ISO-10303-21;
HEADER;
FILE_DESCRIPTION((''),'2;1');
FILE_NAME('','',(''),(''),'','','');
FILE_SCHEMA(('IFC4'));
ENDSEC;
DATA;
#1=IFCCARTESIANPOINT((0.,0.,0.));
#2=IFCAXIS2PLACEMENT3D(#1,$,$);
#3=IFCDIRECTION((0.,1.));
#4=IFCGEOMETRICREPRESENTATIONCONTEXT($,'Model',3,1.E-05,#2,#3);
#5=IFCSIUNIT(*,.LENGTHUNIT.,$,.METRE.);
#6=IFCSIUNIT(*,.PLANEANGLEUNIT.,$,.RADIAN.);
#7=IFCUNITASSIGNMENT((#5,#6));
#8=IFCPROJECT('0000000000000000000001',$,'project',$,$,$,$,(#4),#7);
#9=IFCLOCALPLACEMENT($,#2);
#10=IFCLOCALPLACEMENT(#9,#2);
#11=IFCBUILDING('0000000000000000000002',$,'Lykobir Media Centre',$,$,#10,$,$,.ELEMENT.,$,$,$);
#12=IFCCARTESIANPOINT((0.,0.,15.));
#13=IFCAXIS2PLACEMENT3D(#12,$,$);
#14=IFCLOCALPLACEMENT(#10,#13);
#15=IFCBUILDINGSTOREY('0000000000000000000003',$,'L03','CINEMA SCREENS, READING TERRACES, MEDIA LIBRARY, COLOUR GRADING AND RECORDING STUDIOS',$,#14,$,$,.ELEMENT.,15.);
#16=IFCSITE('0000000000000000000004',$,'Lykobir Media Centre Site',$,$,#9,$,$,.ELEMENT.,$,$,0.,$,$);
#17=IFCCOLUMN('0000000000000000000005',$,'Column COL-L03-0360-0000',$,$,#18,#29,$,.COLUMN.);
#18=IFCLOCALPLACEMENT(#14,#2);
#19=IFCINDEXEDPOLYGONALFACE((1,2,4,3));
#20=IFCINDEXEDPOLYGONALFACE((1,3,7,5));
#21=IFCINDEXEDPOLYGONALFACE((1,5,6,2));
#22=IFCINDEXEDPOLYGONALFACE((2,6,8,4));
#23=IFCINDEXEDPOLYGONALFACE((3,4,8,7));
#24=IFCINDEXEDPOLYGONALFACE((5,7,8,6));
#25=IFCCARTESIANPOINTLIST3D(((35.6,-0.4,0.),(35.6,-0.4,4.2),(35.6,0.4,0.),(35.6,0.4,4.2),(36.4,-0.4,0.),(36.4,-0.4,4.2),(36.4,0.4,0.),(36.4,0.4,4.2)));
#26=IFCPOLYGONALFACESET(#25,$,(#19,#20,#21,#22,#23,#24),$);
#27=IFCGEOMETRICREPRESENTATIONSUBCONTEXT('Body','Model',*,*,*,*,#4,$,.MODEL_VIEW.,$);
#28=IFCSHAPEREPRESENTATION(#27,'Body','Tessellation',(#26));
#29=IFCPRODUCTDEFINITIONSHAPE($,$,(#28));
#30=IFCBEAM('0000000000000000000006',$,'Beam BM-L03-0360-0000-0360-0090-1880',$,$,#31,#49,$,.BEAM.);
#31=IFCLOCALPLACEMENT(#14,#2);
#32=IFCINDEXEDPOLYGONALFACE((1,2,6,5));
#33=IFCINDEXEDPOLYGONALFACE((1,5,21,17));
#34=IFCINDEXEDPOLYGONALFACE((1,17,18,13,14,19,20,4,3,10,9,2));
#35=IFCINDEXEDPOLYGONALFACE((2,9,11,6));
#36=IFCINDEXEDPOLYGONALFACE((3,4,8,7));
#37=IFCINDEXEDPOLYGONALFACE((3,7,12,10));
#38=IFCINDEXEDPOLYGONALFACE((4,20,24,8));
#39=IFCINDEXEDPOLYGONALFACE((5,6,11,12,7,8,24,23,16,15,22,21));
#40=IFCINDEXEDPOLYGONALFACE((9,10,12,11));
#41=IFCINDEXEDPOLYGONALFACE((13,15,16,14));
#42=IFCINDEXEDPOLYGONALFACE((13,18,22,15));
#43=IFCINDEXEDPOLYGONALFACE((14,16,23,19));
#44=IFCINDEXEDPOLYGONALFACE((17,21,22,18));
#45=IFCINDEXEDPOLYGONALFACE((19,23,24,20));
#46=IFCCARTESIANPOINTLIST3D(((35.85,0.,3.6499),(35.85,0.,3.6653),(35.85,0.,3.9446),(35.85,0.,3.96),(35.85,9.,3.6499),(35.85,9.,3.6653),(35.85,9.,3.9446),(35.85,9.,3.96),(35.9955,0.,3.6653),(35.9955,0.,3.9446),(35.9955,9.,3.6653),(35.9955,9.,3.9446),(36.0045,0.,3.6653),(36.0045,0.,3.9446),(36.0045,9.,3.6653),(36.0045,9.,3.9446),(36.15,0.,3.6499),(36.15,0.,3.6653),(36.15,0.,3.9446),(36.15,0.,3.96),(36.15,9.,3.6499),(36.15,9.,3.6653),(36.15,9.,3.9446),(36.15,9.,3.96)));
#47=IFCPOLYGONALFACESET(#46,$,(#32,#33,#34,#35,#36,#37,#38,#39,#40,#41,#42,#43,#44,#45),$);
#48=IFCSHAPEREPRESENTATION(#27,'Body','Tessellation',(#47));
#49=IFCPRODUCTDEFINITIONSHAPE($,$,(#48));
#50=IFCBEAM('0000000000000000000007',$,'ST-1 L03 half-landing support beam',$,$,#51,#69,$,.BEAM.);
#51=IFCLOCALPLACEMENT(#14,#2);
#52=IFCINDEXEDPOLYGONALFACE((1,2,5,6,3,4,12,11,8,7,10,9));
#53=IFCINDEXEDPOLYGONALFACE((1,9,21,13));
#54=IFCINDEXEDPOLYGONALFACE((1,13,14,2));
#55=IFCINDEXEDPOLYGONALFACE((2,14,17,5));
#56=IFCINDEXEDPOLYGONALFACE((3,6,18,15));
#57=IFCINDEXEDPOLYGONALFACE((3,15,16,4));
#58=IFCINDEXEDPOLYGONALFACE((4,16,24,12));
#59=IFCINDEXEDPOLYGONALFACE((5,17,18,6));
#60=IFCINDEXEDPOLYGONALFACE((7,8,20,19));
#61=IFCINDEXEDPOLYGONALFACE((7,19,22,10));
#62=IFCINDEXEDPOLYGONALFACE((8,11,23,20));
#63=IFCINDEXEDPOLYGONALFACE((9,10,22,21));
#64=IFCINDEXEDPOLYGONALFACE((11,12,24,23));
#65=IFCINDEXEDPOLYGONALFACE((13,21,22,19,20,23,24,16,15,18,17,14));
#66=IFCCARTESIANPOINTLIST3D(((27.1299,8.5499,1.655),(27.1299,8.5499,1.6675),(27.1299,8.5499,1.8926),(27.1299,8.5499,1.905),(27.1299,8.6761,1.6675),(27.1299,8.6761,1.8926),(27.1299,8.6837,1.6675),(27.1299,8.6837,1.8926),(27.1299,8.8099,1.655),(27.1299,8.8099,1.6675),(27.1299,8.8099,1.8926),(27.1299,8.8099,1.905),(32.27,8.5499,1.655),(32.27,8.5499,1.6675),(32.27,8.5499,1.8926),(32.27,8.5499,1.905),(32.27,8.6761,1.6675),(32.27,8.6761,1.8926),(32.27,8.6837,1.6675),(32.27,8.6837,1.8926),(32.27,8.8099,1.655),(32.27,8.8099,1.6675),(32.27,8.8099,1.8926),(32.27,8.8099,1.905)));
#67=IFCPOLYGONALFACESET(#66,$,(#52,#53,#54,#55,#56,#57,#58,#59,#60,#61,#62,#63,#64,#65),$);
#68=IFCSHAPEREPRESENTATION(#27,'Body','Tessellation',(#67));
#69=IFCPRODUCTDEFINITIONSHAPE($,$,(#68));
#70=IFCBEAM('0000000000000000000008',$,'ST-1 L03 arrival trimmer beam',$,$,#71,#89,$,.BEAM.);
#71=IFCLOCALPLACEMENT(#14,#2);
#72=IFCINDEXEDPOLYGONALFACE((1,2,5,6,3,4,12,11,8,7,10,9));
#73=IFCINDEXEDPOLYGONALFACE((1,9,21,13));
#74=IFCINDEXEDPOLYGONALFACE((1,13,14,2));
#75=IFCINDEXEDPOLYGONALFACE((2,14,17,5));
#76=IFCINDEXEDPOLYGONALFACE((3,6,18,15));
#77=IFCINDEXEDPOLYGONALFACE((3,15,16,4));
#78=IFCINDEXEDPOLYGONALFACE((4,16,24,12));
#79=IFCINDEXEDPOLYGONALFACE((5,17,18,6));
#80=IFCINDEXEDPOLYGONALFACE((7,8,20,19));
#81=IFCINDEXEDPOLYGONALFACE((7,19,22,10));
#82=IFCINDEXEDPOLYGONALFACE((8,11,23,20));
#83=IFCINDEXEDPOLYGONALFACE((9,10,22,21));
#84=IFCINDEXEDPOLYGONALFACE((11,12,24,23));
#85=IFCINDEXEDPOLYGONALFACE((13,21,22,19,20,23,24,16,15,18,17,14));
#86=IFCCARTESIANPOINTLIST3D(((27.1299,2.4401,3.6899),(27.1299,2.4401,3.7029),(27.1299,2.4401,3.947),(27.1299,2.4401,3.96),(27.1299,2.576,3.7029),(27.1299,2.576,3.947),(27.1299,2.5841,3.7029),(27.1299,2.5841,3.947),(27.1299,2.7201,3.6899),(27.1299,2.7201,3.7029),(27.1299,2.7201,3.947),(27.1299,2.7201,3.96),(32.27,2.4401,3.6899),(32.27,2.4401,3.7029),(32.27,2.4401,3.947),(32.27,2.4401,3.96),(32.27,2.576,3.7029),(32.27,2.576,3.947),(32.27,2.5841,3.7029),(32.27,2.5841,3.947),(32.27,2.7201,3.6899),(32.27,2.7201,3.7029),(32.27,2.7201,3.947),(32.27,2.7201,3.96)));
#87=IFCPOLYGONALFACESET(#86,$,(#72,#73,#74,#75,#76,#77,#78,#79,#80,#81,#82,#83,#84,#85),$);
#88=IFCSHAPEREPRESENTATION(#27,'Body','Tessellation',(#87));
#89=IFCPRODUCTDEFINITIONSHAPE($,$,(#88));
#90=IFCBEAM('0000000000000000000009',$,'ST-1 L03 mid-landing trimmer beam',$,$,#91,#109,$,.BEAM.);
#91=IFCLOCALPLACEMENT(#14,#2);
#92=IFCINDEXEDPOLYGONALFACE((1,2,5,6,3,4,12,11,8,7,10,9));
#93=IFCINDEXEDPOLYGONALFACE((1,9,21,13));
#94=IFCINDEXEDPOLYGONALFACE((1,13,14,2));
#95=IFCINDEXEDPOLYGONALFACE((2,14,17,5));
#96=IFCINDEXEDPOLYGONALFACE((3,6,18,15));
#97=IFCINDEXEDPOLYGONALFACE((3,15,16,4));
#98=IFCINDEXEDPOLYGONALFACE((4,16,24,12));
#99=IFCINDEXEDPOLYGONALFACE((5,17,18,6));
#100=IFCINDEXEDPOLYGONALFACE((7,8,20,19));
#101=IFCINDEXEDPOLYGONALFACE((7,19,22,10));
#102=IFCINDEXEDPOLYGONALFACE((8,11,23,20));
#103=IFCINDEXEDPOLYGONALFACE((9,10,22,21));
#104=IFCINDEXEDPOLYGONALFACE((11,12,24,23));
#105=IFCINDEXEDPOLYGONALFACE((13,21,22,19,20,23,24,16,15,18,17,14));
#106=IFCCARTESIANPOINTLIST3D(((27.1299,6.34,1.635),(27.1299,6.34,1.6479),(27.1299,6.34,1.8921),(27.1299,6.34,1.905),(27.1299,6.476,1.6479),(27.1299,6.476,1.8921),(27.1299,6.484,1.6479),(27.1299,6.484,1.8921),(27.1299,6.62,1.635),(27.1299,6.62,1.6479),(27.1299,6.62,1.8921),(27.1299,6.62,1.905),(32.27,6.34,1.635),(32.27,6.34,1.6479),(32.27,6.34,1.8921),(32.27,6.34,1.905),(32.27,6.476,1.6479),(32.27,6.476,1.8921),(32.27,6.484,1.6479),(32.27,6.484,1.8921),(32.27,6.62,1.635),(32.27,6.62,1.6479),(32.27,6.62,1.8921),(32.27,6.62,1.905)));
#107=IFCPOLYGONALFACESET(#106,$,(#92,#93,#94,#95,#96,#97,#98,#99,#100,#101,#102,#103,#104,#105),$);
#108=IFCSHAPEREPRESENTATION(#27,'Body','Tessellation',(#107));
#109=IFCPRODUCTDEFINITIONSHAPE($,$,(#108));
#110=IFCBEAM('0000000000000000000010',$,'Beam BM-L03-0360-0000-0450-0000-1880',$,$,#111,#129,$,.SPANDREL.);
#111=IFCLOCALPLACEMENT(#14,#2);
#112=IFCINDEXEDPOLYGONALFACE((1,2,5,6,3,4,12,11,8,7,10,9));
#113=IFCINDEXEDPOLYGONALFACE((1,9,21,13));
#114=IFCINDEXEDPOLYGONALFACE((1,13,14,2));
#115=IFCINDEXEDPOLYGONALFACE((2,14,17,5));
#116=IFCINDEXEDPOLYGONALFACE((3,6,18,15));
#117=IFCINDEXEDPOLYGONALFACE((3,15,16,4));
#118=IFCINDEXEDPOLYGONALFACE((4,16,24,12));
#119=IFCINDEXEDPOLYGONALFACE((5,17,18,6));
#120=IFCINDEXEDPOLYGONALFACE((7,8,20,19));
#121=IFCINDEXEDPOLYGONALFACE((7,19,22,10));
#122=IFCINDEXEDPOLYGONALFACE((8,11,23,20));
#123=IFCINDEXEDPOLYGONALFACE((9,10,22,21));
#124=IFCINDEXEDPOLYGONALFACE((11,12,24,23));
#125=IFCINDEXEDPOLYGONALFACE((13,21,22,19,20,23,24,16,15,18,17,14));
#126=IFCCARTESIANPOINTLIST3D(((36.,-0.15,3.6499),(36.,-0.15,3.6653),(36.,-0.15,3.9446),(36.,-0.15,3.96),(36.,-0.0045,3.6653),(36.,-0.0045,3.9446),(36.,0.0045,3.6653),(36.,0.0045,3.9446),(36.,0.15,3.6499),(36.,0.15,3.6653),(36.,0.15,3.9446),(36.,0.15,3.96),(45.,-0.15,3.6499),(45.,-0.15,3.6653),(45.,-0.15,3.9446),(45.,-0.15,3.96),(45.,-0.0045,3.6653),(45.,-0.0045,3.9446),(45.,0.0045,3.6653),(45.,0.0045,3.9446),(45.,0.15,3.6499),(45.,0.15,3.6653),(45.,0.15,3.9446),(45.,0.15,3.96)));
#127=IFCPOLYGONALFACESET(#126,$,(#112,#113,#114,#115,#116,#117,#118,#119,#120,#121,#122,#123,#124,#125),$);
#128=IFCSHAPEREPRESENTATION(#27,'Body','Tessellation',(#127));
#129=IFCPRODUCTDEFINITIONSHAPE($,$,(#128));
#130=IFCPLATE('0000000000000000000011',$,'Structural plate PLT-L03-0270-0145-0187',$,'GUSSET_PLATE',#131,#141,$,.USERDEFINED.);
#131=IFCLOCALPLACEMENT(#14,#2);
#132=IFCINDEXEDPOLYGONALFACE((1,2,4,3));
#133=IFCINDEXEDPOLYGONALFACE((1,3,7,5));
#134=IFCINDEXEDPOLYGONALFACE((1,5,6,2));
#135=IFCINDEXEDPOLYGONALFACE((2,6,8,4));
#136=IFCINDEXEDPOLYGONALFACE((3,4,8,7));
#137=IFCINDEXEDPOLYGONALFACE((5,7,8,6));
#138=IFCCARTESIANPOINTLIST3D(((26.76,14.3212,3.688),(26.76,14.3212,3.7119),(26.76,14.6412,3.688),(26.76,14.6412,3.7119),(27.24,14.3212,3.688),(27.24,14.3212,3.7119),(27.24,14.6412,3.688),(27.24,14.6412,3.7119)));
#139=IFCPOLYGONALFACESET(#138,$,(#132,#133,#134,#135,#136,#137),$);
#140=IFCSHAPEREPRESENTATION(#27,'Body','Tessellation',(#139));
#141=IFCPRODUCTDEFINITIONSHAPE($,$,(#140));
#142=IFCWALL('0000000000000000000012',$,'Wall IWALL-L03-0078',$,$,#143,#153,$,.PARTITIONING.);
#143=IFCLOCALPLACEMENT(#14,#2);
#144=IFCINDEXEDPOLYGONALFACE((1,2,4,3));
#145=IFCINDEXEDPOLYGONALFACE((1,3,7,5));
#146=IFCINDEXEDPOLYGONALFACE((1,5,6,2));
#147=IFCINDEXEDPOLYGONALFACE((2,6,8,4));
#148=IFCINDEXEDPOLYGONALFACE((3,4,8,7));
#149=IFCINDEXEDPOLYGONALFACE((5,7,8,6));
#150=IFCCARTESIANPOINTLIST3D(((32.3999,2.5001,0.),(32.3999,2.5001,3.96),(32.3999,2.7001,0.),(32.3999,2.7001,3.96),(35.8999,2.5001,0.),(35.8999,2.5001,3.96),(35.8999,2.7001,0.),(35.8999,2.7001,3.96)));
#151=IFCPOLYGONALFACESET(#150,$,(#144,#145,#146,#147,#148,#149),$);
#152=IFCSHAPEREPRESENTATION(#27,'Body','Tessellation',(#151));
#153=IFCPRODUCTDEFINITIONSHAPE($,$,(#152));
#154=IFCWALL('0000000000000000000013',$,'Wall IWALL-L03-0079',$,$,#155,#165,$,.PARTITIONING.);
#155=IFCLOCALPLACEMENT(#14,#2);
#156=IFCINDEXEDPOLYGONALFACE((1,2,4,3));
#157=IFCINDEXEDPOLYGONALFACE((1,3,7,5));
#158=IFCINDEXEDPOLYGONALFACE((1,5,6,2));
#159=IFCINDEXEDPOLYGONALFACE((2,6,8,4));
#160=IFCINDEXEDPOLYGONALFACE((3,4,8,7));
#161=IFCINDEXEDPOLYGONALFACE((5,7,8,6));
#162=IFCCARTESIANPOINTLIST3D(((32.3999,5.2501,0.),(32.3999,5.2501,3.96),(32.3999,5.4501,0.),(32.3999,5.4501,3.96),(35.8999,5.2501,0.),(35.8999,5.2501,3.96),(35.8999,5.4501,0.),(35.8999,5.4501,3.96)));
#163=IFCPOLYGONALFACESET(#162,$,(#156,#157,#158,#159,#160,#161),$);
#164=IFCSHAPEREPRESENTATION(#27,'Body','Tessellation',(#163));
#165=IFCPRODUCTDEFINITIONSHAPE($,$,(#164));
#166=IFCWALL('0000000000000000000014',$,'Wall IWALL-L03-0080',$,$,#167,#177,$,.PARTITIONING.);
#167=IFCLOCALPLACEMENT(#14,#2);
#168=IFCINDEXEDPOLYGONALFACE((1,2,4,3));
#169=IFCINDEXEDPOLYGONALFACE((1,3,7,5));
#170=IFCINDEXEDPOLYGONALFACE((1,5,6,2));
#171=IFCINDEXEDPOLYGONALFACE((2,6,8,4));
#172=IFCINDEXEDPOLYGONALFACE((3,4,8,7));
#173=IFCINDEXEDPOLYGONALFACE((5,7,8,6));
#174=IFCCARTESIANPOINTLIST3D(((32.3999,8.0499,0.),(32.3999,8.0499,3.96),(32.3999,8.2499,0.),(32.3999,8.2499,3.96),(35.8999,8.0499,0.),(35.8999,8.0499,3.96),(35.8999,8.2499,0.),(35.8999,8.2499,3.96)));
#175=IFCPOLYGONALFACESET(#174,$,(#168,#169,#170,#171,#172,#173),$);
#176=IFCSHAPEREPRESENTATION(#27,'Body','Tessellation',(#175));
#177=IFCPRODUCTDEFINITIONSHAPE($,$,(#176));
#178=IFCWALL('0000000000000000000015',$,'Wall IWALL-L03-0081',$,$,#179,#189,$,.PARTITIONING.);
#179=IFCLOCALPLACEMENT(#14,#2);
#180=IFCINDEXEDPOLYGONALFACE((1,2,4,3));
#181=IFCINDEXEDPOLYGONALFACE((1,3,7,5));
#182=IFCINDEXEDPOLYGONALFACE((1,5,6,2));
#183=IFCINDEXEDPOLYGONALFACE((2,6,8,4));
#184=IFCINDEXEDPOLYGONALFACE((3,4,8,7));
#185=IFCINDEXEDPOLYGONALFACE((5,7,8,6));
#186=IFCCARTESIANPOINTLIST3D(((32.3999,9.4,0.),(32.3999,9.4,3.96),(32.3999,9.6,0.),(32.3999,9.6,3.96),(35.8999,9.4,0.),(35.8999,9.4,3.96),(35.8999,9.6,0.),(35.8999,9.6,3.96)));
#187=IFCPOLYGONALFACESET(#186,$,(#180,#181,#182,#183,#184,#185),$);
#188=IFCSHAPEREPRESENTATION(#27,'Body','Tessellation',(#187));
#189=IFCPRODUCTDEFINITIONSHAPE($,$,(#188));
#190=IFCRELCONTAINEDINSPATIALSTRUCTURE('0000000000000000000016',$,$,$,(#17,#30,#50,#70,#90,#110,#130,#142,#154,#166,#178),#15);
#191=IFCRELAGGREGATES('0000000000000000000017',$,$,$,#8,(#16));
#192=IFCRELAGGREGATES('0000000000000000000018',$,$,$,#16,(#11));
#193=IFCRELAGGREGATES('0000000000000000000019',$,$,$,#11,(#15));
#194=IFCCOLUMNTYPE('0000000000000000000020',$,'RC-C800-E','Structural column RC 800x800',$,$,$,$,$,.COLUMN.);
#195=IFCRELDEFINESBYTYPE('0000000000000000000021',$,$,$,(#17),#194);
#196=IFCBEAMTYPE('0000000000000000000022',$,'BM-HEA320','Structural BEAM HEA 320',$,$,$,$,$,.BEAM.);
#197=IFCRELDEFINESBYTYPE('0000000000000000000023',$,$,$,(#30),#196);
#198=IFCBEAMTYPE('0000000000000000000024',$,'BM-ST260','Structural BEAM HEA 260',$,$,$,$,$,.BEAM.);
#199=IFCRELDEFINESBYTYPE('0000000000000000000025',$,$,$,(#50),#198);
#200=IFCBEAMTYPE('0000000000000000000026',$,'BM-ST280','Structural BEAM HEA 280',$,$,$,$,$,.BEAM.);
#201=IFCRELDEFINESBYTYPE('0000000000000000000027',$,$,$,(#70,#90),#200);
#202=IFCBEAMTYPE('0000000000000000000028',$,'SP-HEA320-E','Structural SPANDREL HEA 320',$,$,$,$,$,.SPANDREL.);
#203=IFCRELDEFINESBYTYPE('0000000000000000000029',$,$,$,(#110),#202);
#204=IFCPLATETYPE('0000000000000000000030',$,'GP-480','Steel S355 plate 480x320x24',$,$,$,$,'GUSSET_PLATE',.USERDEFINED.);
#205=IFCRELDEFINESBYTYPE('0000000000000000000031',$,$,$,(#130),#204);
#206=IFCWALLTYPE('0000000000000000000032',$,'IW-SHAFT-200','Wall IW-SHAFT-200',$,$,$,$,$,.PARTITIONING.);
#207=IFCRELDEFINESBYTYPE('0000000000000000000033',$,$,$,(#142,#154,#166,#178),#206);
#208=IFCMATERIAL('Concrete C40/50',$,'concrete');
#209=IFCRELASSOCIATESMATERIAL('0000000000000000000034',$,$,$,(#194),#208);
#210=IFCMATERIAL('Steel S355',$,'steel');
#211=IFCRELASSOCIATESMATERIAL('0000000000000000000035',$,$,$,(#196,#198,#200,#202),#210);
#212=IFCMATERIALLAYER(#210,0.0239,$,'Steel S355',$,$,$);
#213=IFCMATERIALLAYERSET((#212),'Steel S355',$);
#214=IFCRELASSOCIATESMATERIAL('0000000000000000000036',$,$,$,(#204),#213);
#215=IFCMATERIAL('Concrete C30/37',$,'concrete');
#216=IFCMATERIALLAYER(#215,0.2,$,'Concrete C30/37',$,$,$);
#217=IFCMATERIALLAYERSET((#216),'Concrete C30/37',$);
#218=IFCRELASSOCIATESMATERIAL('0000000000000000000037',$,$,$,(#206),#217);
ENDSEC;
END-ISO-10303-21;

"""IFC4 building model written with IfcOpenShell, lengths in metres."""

from ifc_helpers import new_model, si_unit, direction, frame, frame_2d, origin, origin_2d, place, context, subcontext, project, spatial, rectangle, i_section, extrude, material, layer, layer_set, material_profile, profile_set, type_object, element, save


model = new_model("IFC4")

# Units and contexts
model_context = context("Model", 3, precision=1e-05, world=origin(), true_north=direction((0.0, 1.0)))
body_context = subcontext(model_context, "Body", "Model", "MODEL_VIEW")
ifc_project = project(units=[si_unit("LENGTHUNIT", "METRE"), si_unit("PLANEANGLEUNIT", "RADIAN")], contexts=[model_context])

# Site, building, storey
site_placement = place(None, origin())
site = spatial("IfcSite", under=ifc_project, at=site_placement, Name="Lykobir Media Centre Site", CompositionType="ELEMENT", RefElevation=0.0)
building_placement = place(site_placement, origin())
building = spatial("IfcBuilding", under=site, at=building_placement, Name="Lykobir Media Centre", CompositionType="ELEMENT")
storey_placement = place(building_placement, frame((0.0, 0.0, 15.0)))
storey = spatial("IfcBuildingStorey", under=building, at=storey_placement, Name="L03", Description="CINEMA SCREENS, READING TERRACES, MEDIA LIBRARY, COLOUR GRADING AND RECORDING STUDIOS", CompositionType="ELEMENT", Elevation=15.0)

# Column
ifc_material_1 = material(Name="Concrete C40/50", Category="concrete")
ifc_material_profile_1 = material_profile(ifc_material_1, rectangle(XDim=0.8, YDim=0.8, at=origin_2d()), Name="RC 800x800")
ifc_profile_set_1 = profile_set([ifc_material_profile_1], Name="Concrete C40/50")
column_type = type_object("IfcColumnType", Name="RC-C800-E", Description="Structural column RC 800x800", PredefinedType="COLUMN", material=ifc_profile_set_1)
column_placement = place(storey_placement, frame((36.0, 0.0, 0.0), z_axis=(0.0, 0.0, 1.0), x_axis=(1.0, 0.0, 0.0)))
element("IfcColumn", 1, at=column_placement, inside=storey, type_object=column_type, Name="Column COL-L03-0360-0000", PredefinedType="COLUMN", context=body_context, shape_type="SweptSolid", body=[
    extrude(rectangle(XDim=0.8, YDim=0.8, at=origin_2d()), origin(), (0.0, 0.0, 1.0), 4.2),
])

# Beams
ifc_material_2 = material(Name="Steel S355", Category="steel")
ifc_material_profile_2 = material_profile(ifc_material_2, i_section(OverallWidth=0.3, OverallDepth=0.3101, WebThickness=0.009, FlangeThickness=0.0154, at=origin_2d()), Name="HEA 320")
ifc_profile_set_2 = profile_set([ifc_material_profile_2], Name="Steel S355")
beam_type_1 = type_object("IfcBeamType", Name="BM-HEA320", Description="Structural BEAM HEA 320", PredefinedType="BEAM", material=ifc_profile_set_2)
beam_1_placement = place(storey_placement, frame((36.0, 0.0, 3.8049), z_axis=(0.0, 1.0, 0.0), x_axis=(-1.0, 0.0, 0.0)))
element("IfcBeam", 2, at=beam_1_placement, inside=storey, type_object=beam_type_1, Name="Beam BM-L03-0360-0000-0360-0090-1880", PredefinedType="BEAM", context=body_context, shape_type="SweptSolid", body=[
    extrude(i_section(OverallWidth=0.3, OverallDepth=0.3101, WebThickness=0.009, FlangeThickness=0.0154, at=origin_2d()), origin(), (0.0, 0.0, 1.0), 9.0),
])
ifc_material_profile_3 = material_profile(ifc_material_2, i_section(OverallWidth=0.26, OverallDepth=0.25, WebThickness=0.0076, FlangeThickness=0.0125, at=origin_2d()), Name="HEA 260")
ifc_profile_set_3 = profile_set([ifc_material_profile_3], Name="Steel S355")
beam_type_2 = type_object("IfcBeamType", Name="BM-ST260", Description="Structural BEAM HEA 260", PredefinedType="BEAM", material=ifc_profile_set_3)
beam_2_placement = place(storey_placement, frame((27.1299, 8.6799, 1.78), z_axis=(1.0, 0.0, 0.0), x_axis=(0.0, 1.0, 0.0)))
element("IfcBeam", 3, at=beam_2_placement, inside=storey, type_object=beam_type_2, Name="ST-1 L03 half-landing support beam", PredefinedType="BEAM", context=body_context, shape_type="SweptSolid", body=[
    extrude(i_section(OverallWidth=0.26, OverallDepth=0.25, WebThickness=0.0076, FlangeThickness=0.0125, at=origin_2d()), origin(), (0.0, 0.0, 1.0), 5.1401),
])
ifc_material_profile_4 = material_profile(ifc_material_2, i_section(OverallWidth=0.28, OverallDepth=0.27, WebThickness=0.0081, FlangeThickness=0.0129, at=origin_2d()), Name="HEA 280")
ifc_profile_set_4 = profile_set([ifc_material_profile_4], Name="Steel S355")
beam_type_3 = type_object("IfcBeamType", Name="BM-ST280", Description="Structural BEAM HEA 280", PredefinedType="BEAM", material=ifc_profile_set_4)
for number, where, z_axis, x_axis, name in (
    (4, (27.1299, 2.5801, 3.825), (1.0, 0.0, 0.0), (0.0, 1.0, 0.0), "ST-1 L03 arrival trimmer beam"),
    (5, (27.1299, 6.48, 1.77), (1.0, 0.0, 0.0), (0.0, 1.0, 0.0), "ST-1 L03 mid-landing trimmer beam"),
):
    element("IfcBeam", number, at=place(storey_placement, frame(where, z_axis=z_axis, x_axis=x_axis)), inside=storey, type_object=beam_type_3, Name=name, PredefinedType="BEAM", context=body_context, shape_type="SweptSolid", body=[
        extrude(i_section(OverallWidth=0.28, OverallDepth=0.27, WebThickness=0.0081, FlangeThickness=0.0129, at=origin_2d()), origin(), (0.0, 0.0, 1.0), 5.1401),
    ])
ifc_material_profile_5 = material_profile(ifc_material_2, i_section(OverallWidth=0.3, OverallDepth=0.3101, WebThickness=0.009, FlangeThickness=0.0154, at=origin_2d()), Name="HEA 320")
ifc_profile_set_5 = profile_set([ifc_material_profile_5], Name="Steel S355")
beam_type_4 = type_object("IfcBeamType", Name="SP-HEA320-E", Description="Structural SPANDREL HEA 320", PredefinedType="SPANDREL", material=ifc_profile_set_5)
beam_3_placement = place(storey_placement, frame((36.0, 0.0, 3.8049), z_axis=(1.0, 0.0, 0.0), x_axis=(0.0, 1.0, 0.0)))
element("IfcBeam", 6, at=beam_3_placement, inside=storey, type_object=beam_type_4, Name="Beam BM-L03-0360-0000-0450-0000-1880", PredefinedType="SPANDREL", context=body_context, shape_type="SweptSolid", body=[
    extrude(i_section(OverallWidth=0.3, OverallDepth=0.3101, WebThickness=0.009, FlangeThickness=0.0154, at=origin_2d()), origin(), (0.0, 0.0, 1.0), 9.0),
])

# Plate
ifc_layer_1 = layer(ifc_material_2, 0.0239, Name="Steel S355")
ifc_layer_set_1 = layer_set([ifc_layer_1], Name="Steel S355")
plate_type = type_object("IfcPlateType", Name="GP-480", Description="Steel S355 plate 480x320x24", ElementType="GUSSET_PLATE", PredefinedType="USERDEFINED", material=ifc_layer_set_1)
plate_placement = place(storey_placement, frame((27.0, 14.4812, 3.688), z_axis=(0.0, 0.0, 1.0), x_axis=(1.0, 0.0, 0.0)))
element("IfcPlate", 7, at=plate_placement, inside=storey, type_object=plate_type, Name="Structural plate PLT-L03-0270-0145-0187", ObjectType="GUSSET_PLATE", PredefinedType="USERDEFINED", context=body_context, shape_type="SweptSolid", body=[
    extrude(rectangle(XDim=0.48, YDim=0.3201, at=origin_2d()), origin(), (0.0, 0.0, 1.0), 0.0239),
])

# Walls
ifc_material_3 = material(Name="Concrete C30/37", Category="concrete")
ifc_layer_2 = layer(ifc_material_3, 0.2, Name="Concrete C30/37")
ifc_layer_set_2 = layer_set([ifc_layer_2], Name="Concrete C30/37")
wall_type_1 = type_object("IfcWallType", Name="IW-SHAFT-200", Description="Wall IW-SHAFT-200", PredefinedType="PARTITIONING", material=ifc_layer_set_2)
for number, where, z_axis, x_axis, name in (
    (8, (32.3999, 2.6001, 0.0), (0.0, 0.0, 1.0), (1.0, 0.0, 0.0), "Wall IWALL-L03-0078"),
    (9, (32.3999, 5.3501, 0.0), (0.0, 0.0, 1.0), (1.0, 0.0, 0.0), "Wall IWALL-L03-0079"),
    (10, (32.3999, 8.1499, 0.0), (0.0, 0.0, 1.0), (1.0, 0.0, 0.0), "Wall IWALL-L03-0080"),
    (11, (32.3999, 9.5, 0.0), (0.0, 0.0, 1.0), (1.0, 0.0, 0.0), "Wall IWALL-L03-0081"),
):
    element("IfcWall", number, at=place(storey_placement, frame(where, z_axis=z_axis, x_axis=x_axis)), inside=storey, type_object=wall_type_1, Name=name, PredefinedType="PARTITIONING", context=body_context, shape_type="SweptSolid", body=[
        extrude(rectangle(XDim=3.5, YDim=0.2, at=frame_2d((1.75, 0.0))), origin(), (0.0, 0.0, 1.0), 3.96),
    ])

save(model, "model.ifc")
